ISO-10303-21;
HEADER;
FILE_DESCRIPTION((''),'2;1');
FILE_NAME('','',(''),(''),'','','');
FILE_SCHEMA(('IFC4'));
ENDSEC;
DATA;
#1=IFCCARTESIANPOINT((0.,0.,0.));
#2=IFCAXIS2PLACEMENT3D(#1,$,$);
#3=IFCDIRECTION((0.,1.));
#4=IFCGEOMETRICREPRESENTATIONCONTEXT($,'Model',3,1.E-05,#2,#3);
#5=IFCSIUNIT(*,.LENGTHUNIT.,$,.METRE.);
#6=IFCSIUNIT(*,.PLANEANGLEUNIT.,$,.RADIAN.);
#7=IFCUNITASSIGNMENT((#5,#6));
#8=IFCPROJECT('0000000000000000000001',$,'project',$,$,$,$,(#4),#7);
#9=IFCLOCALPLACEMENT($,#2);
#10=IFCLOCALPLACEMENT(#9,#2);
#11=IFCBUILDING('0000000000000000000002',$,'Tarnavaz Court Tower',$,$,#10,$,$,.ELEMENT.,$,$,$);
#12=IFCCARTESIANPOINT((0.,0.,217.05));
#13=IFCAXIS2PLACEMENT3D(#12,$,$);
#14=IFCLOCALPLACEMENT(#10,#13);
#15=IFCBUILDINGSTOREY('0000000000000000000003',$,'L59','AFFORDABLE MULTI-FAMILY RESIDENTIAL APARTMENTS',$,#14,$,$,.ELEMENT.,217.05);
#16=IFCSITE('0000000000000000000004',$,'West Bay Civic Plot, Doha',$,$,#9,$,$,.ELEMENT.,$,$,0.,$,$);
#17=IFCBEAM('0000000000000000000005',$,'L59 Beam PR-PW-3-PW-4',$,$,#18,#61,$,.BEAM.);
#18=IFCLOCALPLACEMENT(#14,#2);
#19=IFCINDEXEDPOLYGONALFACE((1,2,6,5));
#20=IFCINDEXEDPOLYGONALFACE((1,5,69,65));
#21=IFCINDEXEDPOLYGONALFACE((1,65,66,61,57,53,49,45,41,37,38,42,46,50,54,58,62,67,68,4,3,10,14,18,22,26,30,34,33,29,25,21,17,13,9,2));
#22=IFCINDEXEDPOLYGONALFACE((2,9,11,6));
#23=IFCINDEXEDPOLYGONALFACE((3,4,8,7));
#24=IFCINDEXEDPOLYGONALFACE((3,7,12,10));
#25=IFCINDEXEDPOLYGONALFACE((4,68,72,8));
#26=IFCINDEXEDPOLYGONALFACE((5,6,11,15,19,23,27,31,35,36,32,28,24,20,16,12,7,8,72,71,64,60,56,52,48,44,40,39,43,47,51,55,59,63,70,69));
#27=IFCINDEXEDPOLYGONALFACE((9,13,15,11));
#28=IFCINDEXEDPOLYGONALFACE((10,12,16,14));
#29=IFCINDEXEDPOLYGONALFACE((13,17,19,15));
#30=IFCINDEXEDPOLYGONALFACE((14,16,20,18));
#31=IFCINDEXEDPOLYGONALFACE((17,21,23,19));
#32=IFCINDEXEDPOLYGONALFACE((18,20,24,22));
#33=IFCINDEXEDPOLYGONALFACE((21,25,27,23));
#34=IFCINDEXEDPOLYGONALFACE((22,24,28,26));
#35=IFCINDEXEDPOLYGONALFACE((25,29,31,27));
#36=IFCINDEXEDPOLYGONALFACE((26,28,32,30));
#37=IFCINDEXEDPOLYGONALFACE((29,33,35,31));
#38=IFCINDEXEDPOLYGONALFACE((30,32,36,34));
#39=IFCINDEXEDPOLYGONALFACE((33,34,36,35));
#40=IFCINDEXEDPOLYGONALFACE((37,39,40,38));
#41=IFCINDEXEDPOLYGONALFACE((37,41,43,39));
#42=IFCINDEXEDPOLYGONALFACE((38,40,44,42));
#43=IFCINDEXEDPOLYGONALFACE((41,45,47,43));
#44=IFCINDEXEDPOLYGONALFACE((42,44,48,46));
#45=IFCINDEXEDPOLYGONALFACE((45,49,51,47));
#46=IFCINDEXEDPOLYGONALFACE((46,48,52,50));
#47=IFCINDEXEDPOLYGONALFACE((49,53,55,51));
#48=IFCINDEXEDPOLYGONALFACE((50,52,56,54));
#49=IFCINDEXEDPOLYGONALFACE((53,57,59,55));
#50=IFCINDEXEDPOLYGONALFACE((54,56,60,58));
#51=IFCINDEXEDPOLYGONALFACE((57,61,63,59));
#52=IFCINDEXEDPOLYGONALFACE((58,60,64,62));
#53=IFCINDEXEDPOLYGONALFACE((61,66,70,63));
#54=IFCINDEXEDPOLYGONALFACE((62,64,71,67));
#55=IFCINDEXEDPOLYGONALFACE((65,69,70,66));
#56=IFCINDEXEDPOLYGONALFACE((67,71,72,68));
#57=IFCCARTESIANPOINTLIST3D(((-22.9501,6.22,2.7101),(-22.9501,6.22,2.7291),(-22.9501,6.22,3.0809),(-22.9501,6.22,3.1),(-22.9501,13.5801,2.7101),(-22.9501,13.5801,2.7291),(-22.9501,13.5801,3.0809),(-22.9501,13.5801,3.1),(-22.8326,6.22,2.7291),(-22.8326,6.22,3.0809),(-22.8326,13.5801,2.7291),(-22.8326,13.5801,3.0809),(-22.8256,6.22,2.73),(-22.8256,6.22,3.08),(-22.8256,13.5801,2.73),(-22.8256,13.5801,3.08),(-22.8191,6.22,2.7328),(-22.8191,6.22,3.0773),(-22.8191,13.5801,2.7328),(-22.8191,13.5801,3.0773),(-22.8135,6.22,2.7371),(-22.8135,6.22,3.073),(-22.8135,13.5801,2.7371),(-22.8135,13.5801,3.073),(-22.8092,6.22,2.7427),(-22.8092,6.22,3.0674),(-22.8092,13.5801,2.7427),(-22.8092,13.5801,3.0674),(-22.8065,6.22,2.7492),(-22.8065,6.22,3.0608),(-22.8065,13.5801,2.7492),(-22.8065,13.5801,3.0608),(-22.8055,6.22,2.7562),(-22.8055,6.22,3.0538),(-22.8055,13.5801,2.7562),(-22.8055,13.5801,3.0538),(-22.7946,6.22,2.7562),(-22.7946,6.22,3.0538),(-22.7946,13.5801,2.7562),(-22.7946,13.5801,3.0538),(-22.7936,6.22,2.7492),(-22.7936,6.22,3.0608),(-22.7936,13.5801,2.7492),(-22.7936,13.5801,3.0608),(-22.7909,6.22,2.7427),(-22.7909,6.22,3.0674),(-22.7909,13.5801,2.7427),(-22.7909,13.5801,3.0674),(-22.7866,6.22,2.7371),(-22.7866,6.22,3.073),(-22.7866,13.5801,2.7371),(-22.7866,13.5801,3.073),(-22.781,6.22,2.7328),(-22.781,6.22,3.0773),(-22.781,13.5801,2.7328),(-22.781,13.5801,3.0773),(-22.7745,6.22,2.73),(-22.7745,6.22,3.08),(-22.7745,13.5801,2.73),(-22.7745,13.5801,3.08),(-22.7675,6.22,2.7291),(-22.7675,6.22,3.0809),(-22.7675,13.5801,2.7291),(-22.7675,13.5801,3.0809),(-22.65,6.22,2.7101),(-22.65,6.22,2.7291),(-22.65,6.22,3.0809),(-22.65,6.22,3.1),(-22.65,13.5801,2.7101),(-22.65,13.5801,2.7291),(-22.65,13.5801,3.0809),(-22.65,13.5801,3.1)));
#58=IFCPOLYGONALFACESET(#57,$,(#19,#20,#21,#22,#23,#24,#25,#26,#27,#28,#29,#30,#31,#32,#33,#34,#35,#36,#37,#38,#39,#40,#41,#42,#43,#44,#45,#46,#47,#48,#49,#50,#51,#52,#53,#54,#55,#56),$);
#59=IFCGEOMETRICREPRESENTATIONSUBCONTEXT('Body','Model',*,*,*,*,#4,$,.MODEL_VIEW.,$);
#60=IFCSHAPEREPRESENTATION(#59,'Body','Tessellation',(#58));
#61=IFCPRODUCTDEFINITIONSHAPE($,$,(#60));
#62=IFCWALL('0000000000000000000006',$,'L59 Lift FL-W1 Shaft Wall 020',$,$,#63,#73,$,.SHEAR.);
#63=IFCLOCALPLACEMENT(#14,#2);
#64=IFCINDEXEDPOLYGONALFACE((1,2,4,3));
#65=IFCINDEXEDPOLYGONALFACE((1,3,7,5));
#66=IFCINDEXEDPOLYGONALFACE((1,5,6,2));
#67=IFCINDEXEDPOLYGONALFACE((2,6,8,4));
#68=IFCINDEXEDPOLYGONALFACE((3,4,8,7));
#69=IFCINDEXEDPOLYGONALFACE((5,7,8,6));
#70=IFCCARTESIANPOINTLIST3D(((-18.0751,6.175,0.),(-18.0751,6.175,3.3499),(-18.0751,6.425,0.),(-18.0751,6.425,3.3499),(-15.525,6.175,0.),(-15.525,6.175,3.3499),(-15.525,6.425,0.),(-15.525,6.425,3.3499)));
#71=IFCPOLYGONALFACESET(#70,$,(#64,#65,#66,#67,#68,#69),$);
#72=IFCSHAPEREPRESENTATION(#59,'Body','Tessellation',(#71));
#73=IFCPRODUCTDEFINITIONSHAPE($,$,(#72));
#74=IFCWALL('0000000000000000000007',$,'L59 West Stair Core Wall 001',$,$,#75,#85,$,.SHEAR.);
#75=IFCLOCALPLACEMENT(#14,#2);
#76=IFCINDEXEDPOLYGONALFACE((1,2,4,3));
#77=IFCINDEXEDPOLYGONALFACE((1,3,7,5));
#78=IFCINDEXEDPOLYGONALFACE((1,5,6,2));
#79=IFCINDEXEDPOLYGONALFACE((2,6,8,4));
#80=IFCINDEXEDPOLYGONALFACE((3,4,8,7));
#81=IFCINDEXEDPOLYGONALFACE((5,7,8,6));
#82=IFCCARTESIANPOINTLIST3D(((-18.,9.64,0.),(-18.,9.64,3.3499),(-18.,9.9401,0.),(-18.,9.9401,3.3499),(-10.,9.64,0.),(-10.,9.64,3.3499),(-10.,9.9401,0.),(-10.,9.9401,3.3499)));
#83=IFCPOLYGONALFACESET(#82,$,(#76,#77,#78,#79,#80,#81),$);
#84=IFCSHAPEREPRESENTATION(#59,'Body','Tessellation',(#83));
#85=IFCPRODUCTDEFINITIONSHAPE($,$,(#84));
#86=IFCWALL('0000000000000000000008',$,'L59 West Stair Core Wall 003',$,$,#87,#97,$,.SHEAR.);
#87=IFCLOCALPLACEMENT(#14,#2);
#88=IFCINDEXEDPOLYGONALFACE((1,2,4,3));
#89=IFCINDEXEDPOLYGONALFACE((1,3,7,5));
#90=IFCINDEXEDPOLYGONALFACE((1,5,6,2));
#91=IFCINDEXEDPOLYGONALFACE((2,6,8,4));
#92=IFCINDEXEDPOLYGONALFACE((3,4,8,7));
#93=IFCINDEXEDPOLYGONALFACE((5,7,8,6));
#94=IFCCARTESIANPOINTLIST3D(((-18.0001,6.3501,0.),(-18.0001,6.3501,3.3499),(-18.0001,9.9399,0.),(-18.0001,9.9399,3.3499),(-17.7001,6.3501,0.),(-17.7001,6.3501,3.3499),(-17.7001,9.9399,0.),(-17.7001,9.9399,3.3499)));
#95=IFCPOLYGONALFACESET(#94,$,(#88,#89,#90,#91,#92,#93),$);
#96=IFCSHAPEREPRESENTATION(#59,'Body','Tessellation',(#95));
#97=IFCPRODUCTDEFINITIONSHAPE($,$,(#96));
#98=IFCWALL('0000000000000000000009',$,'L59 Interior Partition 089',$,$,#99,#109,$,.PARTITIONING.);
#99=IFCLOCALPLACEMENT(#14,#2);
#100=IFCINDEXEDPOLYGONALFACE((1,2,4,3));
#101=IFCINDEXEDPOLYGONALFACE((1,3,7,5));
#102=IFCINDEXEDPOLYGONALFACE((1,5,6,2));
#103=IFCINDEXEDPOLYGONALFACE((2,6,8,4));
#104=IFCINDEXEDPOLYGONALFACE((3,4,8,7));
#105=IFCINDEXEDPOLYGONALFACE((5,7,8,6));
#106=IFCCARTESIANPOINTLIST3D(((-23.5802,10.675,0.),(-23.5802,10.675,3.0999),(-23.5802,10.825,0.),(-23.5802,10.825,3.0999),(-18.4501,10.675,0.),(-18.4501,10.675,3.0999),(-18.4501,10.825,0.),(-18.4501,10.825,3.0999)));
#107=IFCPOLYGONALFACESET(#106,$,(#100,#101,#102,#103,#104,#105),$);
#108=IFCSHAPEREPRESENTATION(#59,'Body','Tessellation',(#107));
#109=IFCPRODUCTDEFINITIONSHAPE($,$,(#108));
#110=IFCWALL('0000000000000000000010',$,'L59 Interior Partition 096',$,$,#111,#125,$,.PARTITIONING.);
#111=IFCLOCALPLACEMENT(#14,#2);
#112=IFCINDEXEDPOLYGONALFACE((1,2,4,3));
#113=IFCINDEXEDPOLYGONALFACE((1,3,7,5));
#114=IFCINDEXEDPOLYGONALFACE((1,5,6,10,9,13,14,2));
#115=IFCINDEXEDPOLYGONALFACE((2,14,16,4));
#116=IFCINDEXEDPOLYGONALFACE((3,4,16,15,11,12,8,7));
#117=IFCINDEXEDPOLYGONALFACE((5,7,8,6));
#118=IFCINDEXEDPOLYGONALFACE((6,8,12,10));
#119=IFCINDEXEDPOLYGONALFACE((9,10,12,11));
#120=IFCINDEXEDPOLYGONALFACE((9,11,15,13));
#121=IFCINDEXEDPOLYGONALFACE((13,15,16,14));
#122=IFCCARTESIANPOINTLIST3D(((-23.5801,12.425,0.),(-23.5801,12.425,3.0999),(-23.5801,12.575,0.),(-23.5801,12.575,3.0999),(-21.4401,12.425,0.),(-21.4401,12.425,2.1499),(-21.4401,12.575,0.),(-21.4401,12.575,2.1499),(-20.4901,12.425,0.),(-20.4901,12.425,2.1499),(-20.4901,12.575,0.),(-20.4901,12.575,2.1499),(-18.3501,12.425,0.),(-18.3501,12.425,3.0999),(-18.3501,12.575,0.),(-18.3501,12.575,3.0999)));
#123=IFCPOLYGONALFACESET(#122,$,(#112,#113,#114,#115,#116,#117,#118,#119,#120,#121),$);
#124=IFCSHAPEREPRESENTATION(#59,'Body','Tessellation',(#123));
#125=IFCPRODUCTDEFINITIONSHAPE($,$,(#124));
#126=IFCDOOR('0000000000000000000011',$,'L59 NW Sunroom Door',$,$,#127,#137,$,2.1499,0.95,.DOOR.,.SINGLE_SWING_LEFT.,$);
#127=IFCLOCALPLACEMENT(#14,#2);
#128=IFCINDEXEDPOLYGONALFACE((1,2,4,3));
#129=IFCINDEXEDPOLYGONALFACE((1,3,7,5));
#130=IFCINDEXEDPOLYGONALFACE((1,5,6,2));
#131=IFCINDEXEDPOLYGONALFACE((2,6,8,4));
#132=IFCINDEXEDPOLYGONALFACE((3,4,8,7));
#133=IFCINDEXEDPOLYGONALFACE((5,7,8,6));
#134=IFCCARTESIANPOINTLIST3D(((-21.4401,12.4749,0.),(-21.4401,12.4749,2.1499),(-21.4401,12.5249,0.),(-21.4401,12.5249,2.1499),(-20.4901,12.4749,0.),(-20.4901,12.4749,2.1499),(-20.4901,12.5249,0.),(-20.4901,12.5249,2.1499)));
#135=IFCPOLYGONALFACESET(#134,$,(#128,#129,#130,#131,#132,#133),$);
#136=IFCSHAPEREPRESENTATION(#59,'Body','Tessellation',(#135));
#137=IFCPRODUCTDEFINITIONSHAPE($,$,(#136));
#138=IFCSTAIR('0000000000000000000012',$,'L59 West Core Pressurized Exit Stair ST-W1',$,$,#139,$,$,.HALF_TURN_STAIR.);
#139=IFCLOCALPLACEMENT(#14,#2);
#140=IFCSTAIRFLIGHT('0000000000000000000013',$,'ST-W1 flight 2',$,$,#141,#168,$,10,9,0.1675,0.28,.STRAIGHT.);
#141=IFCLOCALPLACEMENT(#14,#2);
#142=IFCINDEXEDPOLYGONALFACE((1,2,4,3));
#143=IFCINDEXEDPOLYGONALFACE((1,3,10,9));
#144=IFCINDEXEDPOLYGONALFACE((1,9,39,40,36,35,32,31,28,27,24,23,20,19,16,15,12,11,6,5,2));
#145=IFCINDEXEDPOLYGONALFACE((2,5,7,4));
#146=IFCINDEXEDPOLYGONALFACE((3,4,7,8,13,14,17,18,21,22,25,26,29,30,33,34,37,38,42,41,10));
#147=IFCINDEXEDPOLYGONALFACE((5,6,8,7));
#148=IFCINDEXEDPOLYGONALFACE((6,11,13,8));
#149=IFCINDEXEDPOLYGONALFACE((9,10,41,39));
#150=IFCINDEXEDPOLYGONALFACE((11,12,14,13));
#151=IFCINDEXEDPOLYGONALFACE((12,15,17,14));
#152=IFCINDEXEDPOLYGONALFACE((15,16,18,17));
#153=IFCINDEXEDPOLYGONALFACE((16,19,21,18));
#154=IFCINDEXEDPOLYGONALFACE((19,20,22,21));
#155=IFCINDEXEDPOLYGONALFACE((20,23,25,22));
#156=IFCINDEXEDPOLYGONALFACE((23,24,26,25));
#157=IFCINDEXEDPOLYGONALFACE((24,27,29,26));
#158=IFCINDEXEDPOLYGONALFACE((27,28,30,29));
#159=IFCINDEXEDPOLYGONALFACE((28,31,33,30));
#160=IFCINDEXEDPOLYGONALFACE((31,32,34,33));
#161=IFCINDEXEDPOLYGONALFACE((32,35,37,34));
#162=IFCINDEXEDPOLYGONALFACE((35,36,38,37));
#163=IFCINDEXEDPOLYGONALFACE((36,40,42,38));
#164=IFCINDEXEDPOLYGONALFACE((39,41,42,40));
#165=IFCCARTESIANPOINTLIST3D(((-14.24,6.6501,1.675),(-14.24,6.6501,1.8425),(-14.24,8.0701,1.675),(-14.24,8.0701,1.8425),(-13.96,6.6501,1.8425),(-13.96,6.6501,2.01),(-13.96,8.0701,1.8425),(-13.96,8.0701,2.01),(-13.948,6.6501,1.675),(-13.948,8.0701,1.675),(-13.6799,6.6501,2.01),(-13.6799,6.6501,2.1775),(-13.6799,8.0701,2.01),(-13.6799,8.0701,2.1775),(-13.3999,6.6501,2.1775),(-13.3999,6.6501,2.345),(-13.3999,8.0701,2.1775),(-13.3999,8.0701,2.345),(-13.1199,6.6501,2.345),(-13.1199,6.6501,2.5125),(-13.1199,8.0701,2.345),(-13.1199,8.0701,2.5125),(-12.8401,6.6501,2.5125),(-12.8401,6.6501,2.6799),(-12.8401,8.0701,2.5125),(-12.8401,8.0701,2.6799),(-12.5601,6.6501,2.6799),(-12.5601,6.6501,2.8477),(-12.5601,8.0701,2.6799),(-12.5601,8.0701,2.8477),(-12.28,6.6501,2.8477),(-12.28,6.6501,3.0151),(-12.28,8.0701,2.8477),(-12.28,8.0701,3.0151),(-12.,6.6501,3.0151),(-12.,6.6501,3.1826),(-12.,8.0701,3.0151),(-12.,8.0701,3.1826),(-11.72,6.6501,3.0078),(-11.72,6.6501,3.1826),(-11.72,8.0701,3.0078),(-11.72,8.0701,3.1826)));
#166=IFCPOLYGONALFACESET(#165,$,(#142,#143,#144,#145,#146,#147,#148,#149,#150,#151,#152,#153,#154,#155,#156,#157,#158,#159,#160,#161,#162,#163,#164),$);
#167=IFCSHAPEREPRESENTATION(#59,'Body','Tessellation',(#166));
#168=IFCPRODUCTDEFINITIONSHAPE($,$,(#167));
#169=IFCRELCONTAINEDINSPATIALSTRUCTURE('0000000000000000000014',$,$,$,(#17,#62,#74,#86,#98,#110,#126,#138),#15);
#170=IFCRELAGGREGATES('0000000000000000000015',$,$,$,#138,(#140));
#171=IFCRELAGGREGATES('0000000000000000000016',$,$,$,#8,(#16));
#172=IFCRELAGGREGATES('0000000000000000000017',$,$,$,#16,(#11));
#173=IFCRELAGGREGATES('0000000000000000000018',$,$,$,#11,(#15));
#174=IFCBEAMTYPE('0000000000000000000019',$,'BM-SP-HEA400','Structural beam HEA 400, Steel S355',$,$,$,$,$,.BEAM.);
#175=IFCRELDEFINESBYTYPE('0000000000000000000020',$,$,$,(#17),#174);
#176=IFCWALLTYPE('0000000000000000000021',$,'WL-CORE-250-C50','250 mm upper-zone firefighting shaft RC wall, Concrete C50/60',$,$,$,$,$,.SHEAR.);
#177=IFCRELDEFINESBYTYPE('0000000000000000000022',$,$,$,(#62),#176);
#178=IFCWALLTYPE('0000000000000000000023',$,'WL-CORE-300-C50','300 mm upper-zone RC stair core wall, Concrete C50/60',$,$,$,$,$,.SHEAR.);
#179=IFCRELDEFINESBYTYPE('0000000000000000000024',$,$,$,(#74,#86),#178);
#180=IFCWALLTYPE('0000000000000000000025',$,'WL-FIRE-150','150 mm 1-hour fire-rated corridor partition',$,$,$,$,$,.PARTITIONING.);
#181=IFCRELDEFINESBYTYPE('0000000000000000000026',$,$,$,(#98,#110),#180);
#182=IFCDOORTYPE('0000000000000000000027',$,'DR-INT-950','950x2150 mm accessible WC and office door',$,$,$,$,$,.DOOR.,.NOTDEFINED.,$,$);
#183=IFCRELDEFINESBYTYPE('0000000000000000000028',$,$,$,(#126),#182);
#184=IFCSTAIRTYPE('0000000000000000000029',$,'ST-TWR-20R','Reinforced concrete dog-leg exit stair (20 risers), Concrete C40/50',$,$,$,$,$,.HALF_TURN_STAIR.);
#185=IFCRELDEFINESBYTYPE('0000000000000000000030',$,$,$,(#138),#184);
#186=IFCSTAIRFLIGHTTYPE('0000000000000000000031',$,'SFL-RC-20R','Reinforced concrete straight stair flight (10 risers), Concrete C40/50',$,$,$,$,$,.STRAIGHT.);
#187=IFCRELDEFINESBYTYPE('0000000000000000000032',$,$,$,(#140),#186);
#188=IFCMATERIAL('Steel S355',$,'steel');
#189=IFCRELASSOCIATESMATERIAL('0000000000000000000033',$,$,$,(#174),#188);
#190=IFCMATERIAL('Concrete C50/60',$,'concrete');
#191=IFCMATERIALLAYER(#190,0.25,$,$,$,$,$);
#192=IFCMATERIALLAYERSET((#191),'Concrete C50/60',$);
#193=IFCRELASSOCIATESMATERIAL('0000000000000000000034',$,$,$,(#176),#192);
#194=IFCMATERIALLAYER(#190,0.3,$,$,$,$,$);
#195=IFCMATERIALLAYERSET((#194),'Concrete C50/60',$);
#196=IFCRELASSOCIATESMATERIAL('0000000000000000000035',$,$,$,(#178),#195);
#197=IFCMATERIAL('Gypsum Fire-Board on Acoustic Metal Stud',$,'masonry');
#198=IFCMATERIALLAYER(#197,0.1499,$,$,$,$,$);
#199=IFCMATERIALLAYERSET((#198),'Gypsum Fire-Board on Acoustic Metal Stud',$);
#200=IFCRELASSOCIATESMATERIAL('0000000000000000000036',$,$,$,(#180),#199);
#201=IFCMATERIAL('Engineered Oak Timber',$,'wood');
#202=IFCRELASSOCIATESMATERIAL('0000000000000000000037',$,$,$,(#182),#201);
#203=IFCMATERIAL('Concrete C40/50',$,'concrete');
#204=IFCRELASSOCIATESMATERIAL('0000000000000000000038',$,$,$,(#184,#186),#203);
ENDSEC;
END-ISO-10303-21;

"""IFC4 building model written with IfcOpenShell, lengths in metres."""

from ifc_helpers import new_model, si_unit, direction, frame, frame_2d, origin, origin_2d, place, context, subcontext, project, spatial, polyline, rectangle, i_section, outline, extrude, material, layer, layer_set, material_profile, profile_set, type_object, element, fill, aggregate, save


model = new_model("IFC4")

# Units and contexts
model_context = context("Model", 3, precision=1e-05, world=origin(), true_north=direction((0.0, 1.0)))
body_context = subcontext(model_context, "Body", "Model", "MODEL_VIEW")
ifc_project = project(units=[si_unit("LENGTHUNIT", "METRE"), si_unit("PLANEANGLEUNIT", "RADIAN")], contexts=[model_context])

# Site, building, storey
site_placement = place(None, origin())
site = spatial("IfcSite", under=ifc_project, at=site_placement, Name="West Bay Civic Plot, Doha", CompositionType="ELEMENT", RefElevation=0.0)
building_placement = place(site_placement, origin())
building = spatial("IfcBuilding", under=site, at=building_placement, Name="Tarnavaz Court Tower", CompositionType="ELEMENT")
storey_placement = place(building_placement, frame((0.0, 0.0, 217.05)))
storey = spatial("IfcBuildingStorey", under=building, at=storey_placement, Name="L59", Description="AFFORDABLE MULTI-FAMILY RESIDENTIAL APARTMENTS", CompositionType="ELEMENT", Elevation=217.05)

# Shared definitions
ifc_material_1 = material(Name="Concrete C50/60", Category="concrete")

# Beam
ifc_material_2 = material(Name="Steel S355", Category="steel")
ifc_material_profile_1 = material_profile(ifc_material_2, i_section(OverallWidth=0.3, OverallDepth=0.3899, WebThickness=0.011, FlangeThickness=0.019, FilletRadius=0.0271, at=origin_2d()), Name="HEA 400")
ifc_profile_set_1 = profile_set([ifc_material_profile_1], Name="Steel S355")
beam_type_1 = type_object("IfcBeamType", Name="BM-SP-HEA400", Description="Structural beam HEA 400, Steel S355", PredefinedType="BEAM", material=ifc_profile_set_1)
beam_1_placement = place(storey_placement, frame((-22.8, 6.22, 2.905), z_axis=(0.0, 1.0, 0.0), x_axis=(-1.0, 0.0, 0.0)))
element("IfcBeam", 1, at=beam_1_placement, inside=storey, type_object=beam_type_1, Name="L59 Beam PR-PW-3-PW-4", PredefinedType="BEAM", context=body_context, shape_type="SweptSolid", body=[
    extrude(i_section(OverallWidth=0.3, OverallDepth=0.3899, WebThickness=0.011, FlangeThickness=0.019, FilletRadius=0.0271, at=origin_2d()), origin(), (0.0, 0.0, 1.0), 7.3601),
])

# Walls
ifc_layer_1 = layer(ifc_material_1, 0.25)
ifc_layer_set_1 = layer_set([ifc_layer_1], Name="Concrete C50/60")
wall_type_1 = type_object("IfcWallType", Name="WL-CORE-250-C50", Description="250 mm upper-zone firefighting shaft RC wall, Concrete C50/60", PredefinedType="SHEAR", material=ifc_layer_set_1)
wall_1_placement = place(storey_placement, frame((-18.075, 6.3, 0.0), z_axis=(0.0, 0.0, 1.0), x_axis=(1.0, 0.0, 0.0)))
element("IfcWall", 2, at=wall_1_placement, inside=storey, type_object=wall_type_1, Name="L59 Lift FL-W1 Shaft Wall 020", PredefinedType="SHEAR", context=body_context, shape_type="SweptSolid", body=[
    extrude(rectangle(XDim=2.55, YDim=0.25, at=frame_2d((1.2749, 0.0))), origin(), (0.0, 0.0, 1.0), 3.3499),
])
ifc_layer_2 = layer(ifc_material_1, 0.3)
ifc_layer_set_2 = layer_set([ifc_layer_2], Name="Concrete C50/60")
wall_type_2 = type_object("IfcWallType", Name="WL-CORE-300-C50", Description="300 mm upper-zone RC stair core wall, Concrete C50/60", PredefinedType="SHEAR", material=ifc_layer_set_2)
wall_2_placement = place(storey_placement, frame((-18.0, 9.79, 0.0), z_axis=(0.0, 0.0, 1.0), x_axis=(1.0, 0.0, 0.0)))
element("IfcWall", 3, at=wall_2_placement, inside=storey, type_object=wall_type_2, Name="L59 West Stair Core Wall 001", PredefinedType="SHEAR", context=body_context, shape_type="SweptSolid", body=[
    extrude(rectangle(XDim=8.0, YDim=0.3, at=frame_2d((4.0, 0.0))), origin(), (0.0, 0.0, 1.0), 3.3499),
])

# Walls
wall_3_placement = place(storey_placement, frame((-17.8501, 6.3501, 0.0), z_axis=(0.0, 0.0, 1.0), x_axis=(0.0, 1.0, 0.0)))
element("IfcWall", 4, at=wall_3_placement, inside=storey, type_object=wall_type_2, Name="L59 West Stair Core Wall 003", PredefinedType="SHEAR", context=body_context, shape_type="SweptSolid", body=[
    extrude(rectangle(XDim=3.5898, YDim=0.3, at=frame_2d((1.7949, 0.0))), origin(), (0.0, 0.0, 1.0), 3.3499),
])
ifc_material_3 = material(Name="Gypsum Fire-Board on Acoustic Metal Stud", Category="masonry")
ifc_layer_3 = layer(ifc_material_3, 0.1499)
ifc_layer_set_3 = layer_set([ifc_layer_3], Name="Gypsum Fire-Board on Acoustic Metal Stud")
wall_type_3 = type_object("IfcWallType", Name="WL-FIRE-150", Description="150 mm 1-hour fire-rated corridor partition", PredefinedType="PARTITIONING", material=ifc_layer_set_3)
wall_4_placement = place(storey_placement, frame((-23.5801, 10.75, 0.0), z_axis=(0.0, 0.0, 1.0), x_axis=(1.0, 0.0, 0.0)))
element("IfcWall", 5, at=wall_4_placement, inside=storey, type_object=wall_type_3, Name="L59 Interior Partition 089", PredefinedType="PARTITIONING", context=body_context, shape_type="SweptSolid", body=[
    extrude(rectangle(XDim=5.1301, YDim=0.1499, at=frame_2d((2.5649, 0.0))), origin(), (0.0, 0.0, 1.0), 3.0999),
])

# Wall, opening, door
wall_5_placement = place(storey_placement, frame((-23.5801, 12.5, 0.0), z_axis=(0.0, 0.0, 1.0), x_axis=(1.0, 0.0, 0.0)))
wall_5 = element("IfcWall", 6, at=wall_5_placement, inside=storey, type_object=wall_type_3, Name="L59 Interior Partition 096", PredefinedType="PARTITIONING", context=body_context, shape_type="SweptSolid", body=[
    extrude(rectangle(XDim=5.23, YDim=0.1499, at=frame_2d((2.615, 0.0))), origin(), (0.0, 0.0, 1.0), 3.0999),
])
opening_1_placement = place(wall_5_placement, frame((2.1399, 0.0, 0.0)))
opening_1 = element("IfcOpeningElement", 7, at=opening_1_placement, cuts=wall_5, PredefinedType="OPENING", context=body_context, shape_type="SweptSolid", body=[
    extrude(rectangle(XDim=0.95, YDim=2.1499, at=frame_2d((0.4751, 1.075))), frame((0.0, 0.085, 0.0), z_axis=(0.0, -1.0, 0.0), x_axis=(1.0, 0.0, 0.0)), (0.0, 0.0, 1.0), 0.1699),
])
ifc_material_4 = material(Name="Engineered Oak Timber", Category="wood")
door_type_1 = type_object("IfcDoorType", Name="DR-INT-950", Description="950x2150 mm accessible WC and office door", OperationType="NOTDEFINED", PredefinedType="DOOR", material=ifc_material_4)
door_1_placement = place(opening_1_placement, origin())
door_1 = element("IfcDoor", 8, at=door_1_placement, inside=storey, type_object=door_type_1, Name="L59 NW Sunroom Door", OperationType="SINGLE_SWING_LEFT", OverallHeight=2.1499, OverallWidth=0.95, PredefinedType="DOOR", context=body_context, shape_type="SweptSolid", body=[
    extrude(rectangle(XDim=0.95, YDim=2.1499, at=frame_2d((0.4751, 1.075))), frame((0.0, 0.0249, 0.0), z_axis=(0.0, -1.0, 0.0), x_axis=(1.0, 0.0, 0.0)), (0.0, 0.0, 1.0), 0.05),
])
fill(opening_1, door_1)

# Stair, stair flight
ifc_material_5 = material(Name="Concrete C40/50", Category="concrete")
stair_type = type_object("IfcStairType", Name="ST-TWR-20R", Description="Reinforced concrete dog-leg exit stair (20 risers), Concrete C40/50", PredefinedType="HALF_TURN_STAIR", material=ifc_material_5)
stair_placement = place(storey_placement, origin())
stair = element("IfcStair", 9, at=stair_placement, inside=storey, type_object=stair_type, Name="L59 West Core Pressurized Exit Stair ST-W1", PredefinedType="HALF_TURN_STAIR")
stair_flight_type = type_object("IfcStairFlightType", Name="SFL-RC-20R", Description="Reinforced concrete straight stair flight (10 risers), Concrete C40/50", PredefinedType="STRAIGHT", material=ifc_material_5)
stair_flight_placement = place(storey_placement, frame((-14.24, 7.3601, 1.675), z_axis=(0.0, 0.0, 1.0), x_axis=(1.0, 0.0, 0.0)))
stair_flight = element("IfcStairFlight", 10, at=stair_flight_placement, type_object=stair_flight_type, Name="ST-W1 flight 2", NumberOfRisers=10, NumberOfTreads=9, PredefinedType="STRAIGHT", RiserHeight=0.1675, TreadLength=0.28, context=body_context, shape_type="SweptSolid", body=[
    extrude(outline(polyline([(0.0, 0.0), (0.0, 0.1675), (0.28, 0.1675), (0.28, 0.335), (0.5601, 0.335), (0.5601, 0.5024), (0.8401, 0.5024), (0.8401, 0.6699), (1.1201, 0.6699), (1.1201, 0.8374), (1.3999, 0.8374), (1.3999, 1.0049), (1.6799, 1.0049), (1.6799, 1.1726), (1.96, 1.1726), (1.96, 1.3401), (2.24, 1.3401), (2.24, 1.5076), (2.52, 1.5076), (2.52, 1.675), (2.52, 1.3328), (0.292, 0.0), (0.0, 0.0)])), frame((0.0, 0.71, 0.0), z_axis=(0.0, -1.0, 0.0), x_axis=(1.0, 0.0, 0.0)), (0.0, 0.0, 1.0), 1.4199),
])
aggregate(stair, [stair_flight])

save(model, "model.ifc")
